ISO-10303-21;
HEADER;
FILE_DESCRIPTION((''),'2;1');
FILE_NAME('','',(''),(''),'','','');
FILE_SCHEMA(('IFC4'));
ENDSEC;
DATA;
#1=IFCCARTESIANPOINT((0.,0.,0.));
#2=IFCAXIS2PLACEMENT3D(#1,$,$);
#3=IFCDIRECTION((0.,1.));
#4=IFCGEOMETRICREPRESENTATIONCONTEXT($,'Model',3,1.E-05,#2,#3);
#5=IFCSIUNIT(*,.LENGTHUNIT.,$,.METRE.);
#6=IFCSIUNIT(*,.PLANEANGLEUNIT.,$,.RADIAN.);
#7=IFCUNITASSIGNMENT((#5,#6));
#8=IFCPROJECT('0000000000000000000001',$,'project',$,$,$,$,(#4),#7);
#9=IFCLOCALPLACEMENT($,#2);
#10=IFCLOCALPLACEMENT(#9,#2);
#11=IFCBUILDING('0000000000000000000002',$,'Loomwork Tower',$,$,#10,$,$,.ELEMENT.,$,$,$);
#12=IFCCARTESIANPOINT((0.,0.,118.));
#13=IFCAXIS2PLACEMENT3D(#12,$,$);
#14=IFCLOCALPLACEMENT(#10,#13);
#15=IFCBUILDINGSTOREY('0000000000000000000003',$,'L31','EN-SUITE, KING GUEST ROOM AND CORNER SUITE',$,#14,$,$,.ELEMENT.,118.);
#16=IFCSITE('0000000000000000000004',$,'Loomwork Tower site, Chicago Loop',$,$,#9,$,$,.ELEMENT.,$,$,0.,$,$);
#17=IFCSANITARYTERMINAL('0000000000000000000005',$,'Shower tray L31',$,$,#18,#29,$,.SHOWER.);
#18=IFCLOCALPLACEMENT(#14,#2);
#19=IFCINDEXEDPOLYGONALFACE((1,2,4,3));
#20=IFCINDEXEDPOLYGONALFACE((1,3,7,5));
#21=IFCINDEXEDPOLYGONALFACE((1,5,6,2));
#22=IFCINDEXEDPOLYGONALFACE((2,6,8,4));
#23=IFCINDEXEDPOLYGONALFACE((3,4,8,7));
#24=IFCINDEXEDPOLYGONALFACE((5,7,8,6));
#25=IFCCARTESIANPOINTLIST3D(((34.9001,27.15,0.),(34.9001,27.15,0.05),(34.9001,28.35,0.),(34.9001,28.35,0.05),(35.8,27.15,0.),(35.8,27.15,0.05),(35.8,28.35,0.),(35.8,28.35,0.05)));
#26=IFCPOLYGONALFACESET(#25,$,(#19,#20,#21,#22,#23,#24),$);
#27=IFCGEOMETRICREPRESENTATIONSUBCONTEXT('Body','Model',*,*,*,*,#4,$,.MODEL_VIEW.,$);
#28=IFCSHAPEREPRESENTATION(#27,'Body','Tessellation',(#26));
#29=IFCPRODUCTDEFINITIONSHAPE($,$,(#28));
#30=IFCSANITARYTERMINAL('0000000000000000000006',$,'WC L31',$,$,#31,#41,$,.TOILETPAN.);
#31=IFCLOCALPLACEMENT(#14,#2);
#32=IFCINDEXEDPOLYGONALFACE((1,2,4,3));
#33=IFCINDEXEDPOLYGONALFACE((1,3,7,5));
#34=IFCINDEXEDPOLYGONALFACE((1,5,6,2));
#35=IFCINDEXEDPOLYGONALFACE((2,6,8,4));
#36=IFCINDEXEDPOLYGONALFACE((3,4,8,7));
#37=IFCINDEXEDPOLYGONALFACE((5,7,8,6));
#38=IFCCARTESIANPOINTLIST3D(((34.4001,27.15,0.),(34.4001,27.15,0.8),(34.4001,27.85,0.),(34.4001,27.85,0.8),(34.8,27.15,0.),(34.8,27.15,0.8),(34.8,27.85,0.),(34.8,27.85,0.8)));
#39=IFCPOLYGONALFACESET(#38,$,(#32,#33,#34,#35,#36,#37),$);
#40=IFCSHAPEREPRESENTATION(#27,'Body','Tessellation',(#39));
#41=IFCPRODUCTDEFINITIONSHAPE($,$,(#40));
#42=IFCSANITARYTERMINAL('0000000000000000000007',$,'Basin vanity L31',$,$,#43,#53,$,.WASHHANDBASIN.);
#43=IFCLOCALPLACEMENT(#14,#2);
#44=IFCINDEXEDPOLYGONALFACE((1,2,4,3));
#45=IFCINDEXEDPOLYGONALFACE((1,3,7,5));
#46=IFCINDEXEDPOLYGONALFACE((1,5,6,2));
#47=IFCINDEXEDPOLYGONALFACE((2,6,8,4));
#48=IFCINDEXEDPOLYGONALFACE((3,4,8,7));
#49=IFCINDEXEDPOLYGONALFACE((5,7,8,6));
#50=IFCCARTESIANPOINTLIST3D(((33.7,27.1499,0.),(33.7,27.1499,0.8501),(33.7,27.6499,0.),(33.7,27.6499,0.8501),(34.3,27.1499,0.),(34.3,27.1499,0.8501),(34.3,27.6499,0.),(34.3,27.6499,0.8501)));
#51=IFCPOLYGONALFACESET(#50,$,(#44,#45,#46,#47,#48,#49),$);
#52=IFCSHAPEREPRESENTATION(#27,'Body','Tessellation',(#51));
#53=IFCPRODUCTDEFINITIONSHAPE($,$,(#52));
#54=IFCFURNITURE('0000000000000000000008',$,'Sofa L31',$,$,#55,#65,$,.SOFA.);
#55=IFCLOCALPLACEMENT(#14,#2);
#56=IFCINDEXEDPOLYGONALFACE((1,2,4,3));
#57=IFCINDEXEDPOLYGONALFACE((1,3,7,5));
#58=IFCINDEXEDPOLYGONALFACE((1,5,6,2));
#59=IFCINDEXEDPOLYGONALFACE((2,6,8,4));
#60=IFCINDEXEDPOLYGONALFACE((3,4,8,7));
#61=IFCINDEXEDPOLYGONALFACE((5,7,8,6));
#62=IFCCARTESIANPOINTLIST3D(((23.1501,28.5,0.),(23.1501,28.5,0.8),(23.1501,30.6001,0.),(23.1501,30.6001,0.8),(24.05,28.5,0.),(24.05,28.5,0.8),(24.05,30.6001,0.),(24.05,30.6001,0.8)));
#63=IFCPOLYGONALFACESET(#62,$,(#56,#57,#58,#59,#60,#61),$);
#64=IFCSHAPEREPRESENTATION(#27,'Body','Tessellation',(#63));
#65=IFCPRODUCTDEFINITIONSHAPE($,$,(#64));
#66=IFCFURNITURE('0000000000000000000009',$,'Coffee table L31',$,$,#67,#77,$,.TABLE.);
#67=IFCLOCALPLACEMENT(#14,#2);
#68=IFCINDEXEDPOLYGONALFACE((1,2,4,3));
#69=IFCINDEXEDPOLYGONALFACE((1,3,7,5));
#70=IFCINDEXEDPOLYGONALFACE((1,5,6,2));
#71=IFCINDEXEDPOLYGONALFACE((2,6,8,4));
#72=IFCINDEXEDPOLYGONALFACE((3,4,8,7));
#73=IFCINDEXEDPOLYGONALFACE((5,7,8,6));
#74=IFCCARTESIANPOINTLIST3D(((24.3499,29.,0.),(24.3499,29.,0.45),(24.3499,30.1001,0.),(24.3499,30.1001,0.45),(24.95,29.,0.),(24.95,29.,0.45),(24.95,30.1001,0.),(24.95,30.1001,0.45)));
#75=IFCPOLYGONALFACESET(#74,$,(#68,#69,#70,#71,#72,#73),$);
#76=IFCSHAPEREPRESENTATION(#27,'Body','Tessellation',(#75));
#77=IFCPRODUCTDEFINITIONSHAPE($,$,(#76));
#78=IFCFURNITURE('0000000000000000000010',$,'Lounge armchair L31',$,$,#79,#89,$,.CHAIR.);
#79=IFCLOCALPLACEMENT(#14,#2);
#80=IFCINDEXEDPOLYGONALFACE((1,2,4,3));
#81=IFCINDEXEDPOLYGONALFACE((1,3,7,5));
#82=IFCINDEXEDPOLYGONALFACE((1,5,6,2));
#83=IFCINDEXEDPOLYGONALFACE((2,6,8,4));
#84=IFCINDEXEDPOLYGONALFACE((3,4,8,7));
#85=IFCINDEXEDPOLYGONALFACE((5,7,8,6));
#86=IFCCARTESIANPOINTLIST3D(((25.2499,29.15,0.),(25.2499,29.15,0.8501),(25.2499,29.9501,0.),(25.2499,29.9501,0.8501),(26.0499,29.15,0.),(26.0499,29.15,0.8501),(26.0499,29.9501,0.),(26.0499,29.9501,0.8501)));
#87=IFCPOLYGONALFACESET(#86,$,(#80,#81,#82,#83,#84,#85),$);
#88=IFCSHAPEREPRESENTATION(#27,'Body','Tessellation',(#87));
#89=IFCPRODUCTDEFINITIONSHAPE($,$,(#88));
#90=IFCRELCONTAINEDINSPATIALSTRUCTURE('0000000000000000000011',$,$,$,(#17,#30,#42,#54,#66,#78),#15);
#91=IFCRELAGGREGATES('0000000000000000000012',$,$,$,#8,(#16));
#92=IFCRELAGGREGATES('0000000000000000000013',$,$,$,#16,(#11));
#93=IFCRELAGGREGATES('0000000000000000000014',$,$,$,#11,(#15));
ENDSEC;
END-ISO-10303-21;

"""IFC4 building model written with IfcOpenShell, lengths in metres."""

from ifc_helpers import new_model, si_unit, direction, frame, origin, origin_2d, place, context, subcontext, project, spatial, rectangle, extrude, element, save


model = new_model("IFC4")

# Units and contexts
model_context = context("Model", 3, precision=1e-05, world=origin(), true_north=direction((0.0, 1.0)))
body_context = subcontext(model_context, "Body", "Model", "MODEL_VIEW")
ifc_project = project(units=[si_unit("LENGTHUNIT", "METRE"), si_unit("PLANEANGLEUNIT", "RADIAN")], contexts=[model_context])

# Site, building, storey
site_placement = place(None, origin())
site = spatial("IfcSite", under=ifc_project, at=site_placement, Name="Loomwork Tower site, Chicago Loop", CompositionType="ELEMENT", RefElevation=0.0)
building_placement = place(site_placement, origin())
building = spatial("IfcBuilding", under=site, at=building_placement, Name="Loomwork Tower", CompositionType="ELEMENT")
storey_placement = place(building_placement, frame((0.0, 0.0, 118.0)))
storey = spatial("IfcBuildingStorey", under=building, at=storey_placement, Name="L31", Description="EN-SUITE, KING GUEST ROOM AND CORNER SUITE", CompositionType="ELEMENT", Elevation=118.0)

# Sanitary terminals
sanitary_terminal_1_placement = place(storey_placement, frame((35.3501, 27.75, 0.0), z_axis=(0.0, 0.0, 1.0), x_axis=(1.0, 0.0, 0.0)))
element("IfcSanitaryTerminal", 1, at=sanitary_terminal_1_placement, inside=storey, Name="Shower tray L31", PredefinedType="SHOWER", context=body_context, shape_type="SweptSolid", body=[
    extrude(rectangle(XDim=0.8999, YDim=1.2, at=origin_2d()), origin(), (0.0, 0.0, 1.0), 0.05),
])
sanitary_terminal_2_placement = place(storey_placement, frame((34.6001, 27.5, 0.0), z_axis=(0.0, 0.0, 1.0), x_axis=(1.0, 0.0, 0.0)))
element("IfcSanitaryTerminal", 2, at=sanitary_terminal_2_placement, inside=storey, Name="WC L31", PredefinedType="TOILETPAN", context=body_context, shape_type="SweptSolid", body=[
    extrude(rectangle(XDim=0.3999, YDim=0.7, at=origin_2d()), origin(), (0.0, 0.0, 1.0), 0.8),
])
sanitary_terminal_3_placement = place(storey_placement, frame((34.0, 27.3999, 0.0), z_axis=(0.0, 0.0, 1.0), x_axis=(1.0, 0.0, 0.0)))
element("IfcSanitaryTerminal", 3, at=sanitary_terminal_3_placement, inside=storey, Name="Basin vanity L31", PredefinedType="WASHHANDBASIN", context=body_context, shape_type="SweptSolid", body=[
    extrude(rectangle(XDim=0.6001, YDim=0.5, at=origin_2d()), origin(), (0.0, 0.0, 1.0), 0.8501),
])

# Furniture
furniture_1_placement = place(storey_placement, frame((23.6001, 29.55, 0.0), z_axis=(0.0, 0.0, 1.0), x_axis=(1.0, 0.0, 0.0)))
element("IfcFurniture", 4, at=furniture_1_placement, inside=storey, Name="Sofa L31", PredefinedType="SOFA", context=body_context, shape_type="SweptSolid", body=[
    extrude(rectangle(XDim=0.8999, YDim=2.1001, at=origin_2d()), origin(), (0.0, 0.0, 1.0), 0.8),
])
furniture_2_placement = place(storey_placement, frame((24.6499, 29.55, 0.0), z_axis=(0.0, 0.0, 1.0), x_axis=(1.0, 0.0, 0.0)))
element("IfcFurniture", 5, at=furniture_2_placement, inside=storey, Name="Coffee table L31", PredefinedType="TABLE", context=body_context, shape_type="SweptSolid", body=[
    extrude(rectangle(XDim=0.6001, YDim=1.1001, at=origin_2d()), origin(), (0.0, 0.0, 1.0), 0.45),
])
furniture_3_placement = place(storey_placement, frame((25.6499, 29.55, 0.0), z_axis=(0.0, 0.0, 1.0), x_axis=(1.0, 0.0, 0.0)))
element("IfcFurniture", 6, at=furniture_3_placement, inside=storey, Name="Lounge armchair L31", PredefinedType="CHAIR", context=body_context, shape_type="SweptSolid", body=[
    extrude(rectangle(XDim=0.8, YDim=0.8, at=origin_2d()), origin(), (0.0, 0.0, 1.0), 0.8501),
])

save(model, "model.ifc")
